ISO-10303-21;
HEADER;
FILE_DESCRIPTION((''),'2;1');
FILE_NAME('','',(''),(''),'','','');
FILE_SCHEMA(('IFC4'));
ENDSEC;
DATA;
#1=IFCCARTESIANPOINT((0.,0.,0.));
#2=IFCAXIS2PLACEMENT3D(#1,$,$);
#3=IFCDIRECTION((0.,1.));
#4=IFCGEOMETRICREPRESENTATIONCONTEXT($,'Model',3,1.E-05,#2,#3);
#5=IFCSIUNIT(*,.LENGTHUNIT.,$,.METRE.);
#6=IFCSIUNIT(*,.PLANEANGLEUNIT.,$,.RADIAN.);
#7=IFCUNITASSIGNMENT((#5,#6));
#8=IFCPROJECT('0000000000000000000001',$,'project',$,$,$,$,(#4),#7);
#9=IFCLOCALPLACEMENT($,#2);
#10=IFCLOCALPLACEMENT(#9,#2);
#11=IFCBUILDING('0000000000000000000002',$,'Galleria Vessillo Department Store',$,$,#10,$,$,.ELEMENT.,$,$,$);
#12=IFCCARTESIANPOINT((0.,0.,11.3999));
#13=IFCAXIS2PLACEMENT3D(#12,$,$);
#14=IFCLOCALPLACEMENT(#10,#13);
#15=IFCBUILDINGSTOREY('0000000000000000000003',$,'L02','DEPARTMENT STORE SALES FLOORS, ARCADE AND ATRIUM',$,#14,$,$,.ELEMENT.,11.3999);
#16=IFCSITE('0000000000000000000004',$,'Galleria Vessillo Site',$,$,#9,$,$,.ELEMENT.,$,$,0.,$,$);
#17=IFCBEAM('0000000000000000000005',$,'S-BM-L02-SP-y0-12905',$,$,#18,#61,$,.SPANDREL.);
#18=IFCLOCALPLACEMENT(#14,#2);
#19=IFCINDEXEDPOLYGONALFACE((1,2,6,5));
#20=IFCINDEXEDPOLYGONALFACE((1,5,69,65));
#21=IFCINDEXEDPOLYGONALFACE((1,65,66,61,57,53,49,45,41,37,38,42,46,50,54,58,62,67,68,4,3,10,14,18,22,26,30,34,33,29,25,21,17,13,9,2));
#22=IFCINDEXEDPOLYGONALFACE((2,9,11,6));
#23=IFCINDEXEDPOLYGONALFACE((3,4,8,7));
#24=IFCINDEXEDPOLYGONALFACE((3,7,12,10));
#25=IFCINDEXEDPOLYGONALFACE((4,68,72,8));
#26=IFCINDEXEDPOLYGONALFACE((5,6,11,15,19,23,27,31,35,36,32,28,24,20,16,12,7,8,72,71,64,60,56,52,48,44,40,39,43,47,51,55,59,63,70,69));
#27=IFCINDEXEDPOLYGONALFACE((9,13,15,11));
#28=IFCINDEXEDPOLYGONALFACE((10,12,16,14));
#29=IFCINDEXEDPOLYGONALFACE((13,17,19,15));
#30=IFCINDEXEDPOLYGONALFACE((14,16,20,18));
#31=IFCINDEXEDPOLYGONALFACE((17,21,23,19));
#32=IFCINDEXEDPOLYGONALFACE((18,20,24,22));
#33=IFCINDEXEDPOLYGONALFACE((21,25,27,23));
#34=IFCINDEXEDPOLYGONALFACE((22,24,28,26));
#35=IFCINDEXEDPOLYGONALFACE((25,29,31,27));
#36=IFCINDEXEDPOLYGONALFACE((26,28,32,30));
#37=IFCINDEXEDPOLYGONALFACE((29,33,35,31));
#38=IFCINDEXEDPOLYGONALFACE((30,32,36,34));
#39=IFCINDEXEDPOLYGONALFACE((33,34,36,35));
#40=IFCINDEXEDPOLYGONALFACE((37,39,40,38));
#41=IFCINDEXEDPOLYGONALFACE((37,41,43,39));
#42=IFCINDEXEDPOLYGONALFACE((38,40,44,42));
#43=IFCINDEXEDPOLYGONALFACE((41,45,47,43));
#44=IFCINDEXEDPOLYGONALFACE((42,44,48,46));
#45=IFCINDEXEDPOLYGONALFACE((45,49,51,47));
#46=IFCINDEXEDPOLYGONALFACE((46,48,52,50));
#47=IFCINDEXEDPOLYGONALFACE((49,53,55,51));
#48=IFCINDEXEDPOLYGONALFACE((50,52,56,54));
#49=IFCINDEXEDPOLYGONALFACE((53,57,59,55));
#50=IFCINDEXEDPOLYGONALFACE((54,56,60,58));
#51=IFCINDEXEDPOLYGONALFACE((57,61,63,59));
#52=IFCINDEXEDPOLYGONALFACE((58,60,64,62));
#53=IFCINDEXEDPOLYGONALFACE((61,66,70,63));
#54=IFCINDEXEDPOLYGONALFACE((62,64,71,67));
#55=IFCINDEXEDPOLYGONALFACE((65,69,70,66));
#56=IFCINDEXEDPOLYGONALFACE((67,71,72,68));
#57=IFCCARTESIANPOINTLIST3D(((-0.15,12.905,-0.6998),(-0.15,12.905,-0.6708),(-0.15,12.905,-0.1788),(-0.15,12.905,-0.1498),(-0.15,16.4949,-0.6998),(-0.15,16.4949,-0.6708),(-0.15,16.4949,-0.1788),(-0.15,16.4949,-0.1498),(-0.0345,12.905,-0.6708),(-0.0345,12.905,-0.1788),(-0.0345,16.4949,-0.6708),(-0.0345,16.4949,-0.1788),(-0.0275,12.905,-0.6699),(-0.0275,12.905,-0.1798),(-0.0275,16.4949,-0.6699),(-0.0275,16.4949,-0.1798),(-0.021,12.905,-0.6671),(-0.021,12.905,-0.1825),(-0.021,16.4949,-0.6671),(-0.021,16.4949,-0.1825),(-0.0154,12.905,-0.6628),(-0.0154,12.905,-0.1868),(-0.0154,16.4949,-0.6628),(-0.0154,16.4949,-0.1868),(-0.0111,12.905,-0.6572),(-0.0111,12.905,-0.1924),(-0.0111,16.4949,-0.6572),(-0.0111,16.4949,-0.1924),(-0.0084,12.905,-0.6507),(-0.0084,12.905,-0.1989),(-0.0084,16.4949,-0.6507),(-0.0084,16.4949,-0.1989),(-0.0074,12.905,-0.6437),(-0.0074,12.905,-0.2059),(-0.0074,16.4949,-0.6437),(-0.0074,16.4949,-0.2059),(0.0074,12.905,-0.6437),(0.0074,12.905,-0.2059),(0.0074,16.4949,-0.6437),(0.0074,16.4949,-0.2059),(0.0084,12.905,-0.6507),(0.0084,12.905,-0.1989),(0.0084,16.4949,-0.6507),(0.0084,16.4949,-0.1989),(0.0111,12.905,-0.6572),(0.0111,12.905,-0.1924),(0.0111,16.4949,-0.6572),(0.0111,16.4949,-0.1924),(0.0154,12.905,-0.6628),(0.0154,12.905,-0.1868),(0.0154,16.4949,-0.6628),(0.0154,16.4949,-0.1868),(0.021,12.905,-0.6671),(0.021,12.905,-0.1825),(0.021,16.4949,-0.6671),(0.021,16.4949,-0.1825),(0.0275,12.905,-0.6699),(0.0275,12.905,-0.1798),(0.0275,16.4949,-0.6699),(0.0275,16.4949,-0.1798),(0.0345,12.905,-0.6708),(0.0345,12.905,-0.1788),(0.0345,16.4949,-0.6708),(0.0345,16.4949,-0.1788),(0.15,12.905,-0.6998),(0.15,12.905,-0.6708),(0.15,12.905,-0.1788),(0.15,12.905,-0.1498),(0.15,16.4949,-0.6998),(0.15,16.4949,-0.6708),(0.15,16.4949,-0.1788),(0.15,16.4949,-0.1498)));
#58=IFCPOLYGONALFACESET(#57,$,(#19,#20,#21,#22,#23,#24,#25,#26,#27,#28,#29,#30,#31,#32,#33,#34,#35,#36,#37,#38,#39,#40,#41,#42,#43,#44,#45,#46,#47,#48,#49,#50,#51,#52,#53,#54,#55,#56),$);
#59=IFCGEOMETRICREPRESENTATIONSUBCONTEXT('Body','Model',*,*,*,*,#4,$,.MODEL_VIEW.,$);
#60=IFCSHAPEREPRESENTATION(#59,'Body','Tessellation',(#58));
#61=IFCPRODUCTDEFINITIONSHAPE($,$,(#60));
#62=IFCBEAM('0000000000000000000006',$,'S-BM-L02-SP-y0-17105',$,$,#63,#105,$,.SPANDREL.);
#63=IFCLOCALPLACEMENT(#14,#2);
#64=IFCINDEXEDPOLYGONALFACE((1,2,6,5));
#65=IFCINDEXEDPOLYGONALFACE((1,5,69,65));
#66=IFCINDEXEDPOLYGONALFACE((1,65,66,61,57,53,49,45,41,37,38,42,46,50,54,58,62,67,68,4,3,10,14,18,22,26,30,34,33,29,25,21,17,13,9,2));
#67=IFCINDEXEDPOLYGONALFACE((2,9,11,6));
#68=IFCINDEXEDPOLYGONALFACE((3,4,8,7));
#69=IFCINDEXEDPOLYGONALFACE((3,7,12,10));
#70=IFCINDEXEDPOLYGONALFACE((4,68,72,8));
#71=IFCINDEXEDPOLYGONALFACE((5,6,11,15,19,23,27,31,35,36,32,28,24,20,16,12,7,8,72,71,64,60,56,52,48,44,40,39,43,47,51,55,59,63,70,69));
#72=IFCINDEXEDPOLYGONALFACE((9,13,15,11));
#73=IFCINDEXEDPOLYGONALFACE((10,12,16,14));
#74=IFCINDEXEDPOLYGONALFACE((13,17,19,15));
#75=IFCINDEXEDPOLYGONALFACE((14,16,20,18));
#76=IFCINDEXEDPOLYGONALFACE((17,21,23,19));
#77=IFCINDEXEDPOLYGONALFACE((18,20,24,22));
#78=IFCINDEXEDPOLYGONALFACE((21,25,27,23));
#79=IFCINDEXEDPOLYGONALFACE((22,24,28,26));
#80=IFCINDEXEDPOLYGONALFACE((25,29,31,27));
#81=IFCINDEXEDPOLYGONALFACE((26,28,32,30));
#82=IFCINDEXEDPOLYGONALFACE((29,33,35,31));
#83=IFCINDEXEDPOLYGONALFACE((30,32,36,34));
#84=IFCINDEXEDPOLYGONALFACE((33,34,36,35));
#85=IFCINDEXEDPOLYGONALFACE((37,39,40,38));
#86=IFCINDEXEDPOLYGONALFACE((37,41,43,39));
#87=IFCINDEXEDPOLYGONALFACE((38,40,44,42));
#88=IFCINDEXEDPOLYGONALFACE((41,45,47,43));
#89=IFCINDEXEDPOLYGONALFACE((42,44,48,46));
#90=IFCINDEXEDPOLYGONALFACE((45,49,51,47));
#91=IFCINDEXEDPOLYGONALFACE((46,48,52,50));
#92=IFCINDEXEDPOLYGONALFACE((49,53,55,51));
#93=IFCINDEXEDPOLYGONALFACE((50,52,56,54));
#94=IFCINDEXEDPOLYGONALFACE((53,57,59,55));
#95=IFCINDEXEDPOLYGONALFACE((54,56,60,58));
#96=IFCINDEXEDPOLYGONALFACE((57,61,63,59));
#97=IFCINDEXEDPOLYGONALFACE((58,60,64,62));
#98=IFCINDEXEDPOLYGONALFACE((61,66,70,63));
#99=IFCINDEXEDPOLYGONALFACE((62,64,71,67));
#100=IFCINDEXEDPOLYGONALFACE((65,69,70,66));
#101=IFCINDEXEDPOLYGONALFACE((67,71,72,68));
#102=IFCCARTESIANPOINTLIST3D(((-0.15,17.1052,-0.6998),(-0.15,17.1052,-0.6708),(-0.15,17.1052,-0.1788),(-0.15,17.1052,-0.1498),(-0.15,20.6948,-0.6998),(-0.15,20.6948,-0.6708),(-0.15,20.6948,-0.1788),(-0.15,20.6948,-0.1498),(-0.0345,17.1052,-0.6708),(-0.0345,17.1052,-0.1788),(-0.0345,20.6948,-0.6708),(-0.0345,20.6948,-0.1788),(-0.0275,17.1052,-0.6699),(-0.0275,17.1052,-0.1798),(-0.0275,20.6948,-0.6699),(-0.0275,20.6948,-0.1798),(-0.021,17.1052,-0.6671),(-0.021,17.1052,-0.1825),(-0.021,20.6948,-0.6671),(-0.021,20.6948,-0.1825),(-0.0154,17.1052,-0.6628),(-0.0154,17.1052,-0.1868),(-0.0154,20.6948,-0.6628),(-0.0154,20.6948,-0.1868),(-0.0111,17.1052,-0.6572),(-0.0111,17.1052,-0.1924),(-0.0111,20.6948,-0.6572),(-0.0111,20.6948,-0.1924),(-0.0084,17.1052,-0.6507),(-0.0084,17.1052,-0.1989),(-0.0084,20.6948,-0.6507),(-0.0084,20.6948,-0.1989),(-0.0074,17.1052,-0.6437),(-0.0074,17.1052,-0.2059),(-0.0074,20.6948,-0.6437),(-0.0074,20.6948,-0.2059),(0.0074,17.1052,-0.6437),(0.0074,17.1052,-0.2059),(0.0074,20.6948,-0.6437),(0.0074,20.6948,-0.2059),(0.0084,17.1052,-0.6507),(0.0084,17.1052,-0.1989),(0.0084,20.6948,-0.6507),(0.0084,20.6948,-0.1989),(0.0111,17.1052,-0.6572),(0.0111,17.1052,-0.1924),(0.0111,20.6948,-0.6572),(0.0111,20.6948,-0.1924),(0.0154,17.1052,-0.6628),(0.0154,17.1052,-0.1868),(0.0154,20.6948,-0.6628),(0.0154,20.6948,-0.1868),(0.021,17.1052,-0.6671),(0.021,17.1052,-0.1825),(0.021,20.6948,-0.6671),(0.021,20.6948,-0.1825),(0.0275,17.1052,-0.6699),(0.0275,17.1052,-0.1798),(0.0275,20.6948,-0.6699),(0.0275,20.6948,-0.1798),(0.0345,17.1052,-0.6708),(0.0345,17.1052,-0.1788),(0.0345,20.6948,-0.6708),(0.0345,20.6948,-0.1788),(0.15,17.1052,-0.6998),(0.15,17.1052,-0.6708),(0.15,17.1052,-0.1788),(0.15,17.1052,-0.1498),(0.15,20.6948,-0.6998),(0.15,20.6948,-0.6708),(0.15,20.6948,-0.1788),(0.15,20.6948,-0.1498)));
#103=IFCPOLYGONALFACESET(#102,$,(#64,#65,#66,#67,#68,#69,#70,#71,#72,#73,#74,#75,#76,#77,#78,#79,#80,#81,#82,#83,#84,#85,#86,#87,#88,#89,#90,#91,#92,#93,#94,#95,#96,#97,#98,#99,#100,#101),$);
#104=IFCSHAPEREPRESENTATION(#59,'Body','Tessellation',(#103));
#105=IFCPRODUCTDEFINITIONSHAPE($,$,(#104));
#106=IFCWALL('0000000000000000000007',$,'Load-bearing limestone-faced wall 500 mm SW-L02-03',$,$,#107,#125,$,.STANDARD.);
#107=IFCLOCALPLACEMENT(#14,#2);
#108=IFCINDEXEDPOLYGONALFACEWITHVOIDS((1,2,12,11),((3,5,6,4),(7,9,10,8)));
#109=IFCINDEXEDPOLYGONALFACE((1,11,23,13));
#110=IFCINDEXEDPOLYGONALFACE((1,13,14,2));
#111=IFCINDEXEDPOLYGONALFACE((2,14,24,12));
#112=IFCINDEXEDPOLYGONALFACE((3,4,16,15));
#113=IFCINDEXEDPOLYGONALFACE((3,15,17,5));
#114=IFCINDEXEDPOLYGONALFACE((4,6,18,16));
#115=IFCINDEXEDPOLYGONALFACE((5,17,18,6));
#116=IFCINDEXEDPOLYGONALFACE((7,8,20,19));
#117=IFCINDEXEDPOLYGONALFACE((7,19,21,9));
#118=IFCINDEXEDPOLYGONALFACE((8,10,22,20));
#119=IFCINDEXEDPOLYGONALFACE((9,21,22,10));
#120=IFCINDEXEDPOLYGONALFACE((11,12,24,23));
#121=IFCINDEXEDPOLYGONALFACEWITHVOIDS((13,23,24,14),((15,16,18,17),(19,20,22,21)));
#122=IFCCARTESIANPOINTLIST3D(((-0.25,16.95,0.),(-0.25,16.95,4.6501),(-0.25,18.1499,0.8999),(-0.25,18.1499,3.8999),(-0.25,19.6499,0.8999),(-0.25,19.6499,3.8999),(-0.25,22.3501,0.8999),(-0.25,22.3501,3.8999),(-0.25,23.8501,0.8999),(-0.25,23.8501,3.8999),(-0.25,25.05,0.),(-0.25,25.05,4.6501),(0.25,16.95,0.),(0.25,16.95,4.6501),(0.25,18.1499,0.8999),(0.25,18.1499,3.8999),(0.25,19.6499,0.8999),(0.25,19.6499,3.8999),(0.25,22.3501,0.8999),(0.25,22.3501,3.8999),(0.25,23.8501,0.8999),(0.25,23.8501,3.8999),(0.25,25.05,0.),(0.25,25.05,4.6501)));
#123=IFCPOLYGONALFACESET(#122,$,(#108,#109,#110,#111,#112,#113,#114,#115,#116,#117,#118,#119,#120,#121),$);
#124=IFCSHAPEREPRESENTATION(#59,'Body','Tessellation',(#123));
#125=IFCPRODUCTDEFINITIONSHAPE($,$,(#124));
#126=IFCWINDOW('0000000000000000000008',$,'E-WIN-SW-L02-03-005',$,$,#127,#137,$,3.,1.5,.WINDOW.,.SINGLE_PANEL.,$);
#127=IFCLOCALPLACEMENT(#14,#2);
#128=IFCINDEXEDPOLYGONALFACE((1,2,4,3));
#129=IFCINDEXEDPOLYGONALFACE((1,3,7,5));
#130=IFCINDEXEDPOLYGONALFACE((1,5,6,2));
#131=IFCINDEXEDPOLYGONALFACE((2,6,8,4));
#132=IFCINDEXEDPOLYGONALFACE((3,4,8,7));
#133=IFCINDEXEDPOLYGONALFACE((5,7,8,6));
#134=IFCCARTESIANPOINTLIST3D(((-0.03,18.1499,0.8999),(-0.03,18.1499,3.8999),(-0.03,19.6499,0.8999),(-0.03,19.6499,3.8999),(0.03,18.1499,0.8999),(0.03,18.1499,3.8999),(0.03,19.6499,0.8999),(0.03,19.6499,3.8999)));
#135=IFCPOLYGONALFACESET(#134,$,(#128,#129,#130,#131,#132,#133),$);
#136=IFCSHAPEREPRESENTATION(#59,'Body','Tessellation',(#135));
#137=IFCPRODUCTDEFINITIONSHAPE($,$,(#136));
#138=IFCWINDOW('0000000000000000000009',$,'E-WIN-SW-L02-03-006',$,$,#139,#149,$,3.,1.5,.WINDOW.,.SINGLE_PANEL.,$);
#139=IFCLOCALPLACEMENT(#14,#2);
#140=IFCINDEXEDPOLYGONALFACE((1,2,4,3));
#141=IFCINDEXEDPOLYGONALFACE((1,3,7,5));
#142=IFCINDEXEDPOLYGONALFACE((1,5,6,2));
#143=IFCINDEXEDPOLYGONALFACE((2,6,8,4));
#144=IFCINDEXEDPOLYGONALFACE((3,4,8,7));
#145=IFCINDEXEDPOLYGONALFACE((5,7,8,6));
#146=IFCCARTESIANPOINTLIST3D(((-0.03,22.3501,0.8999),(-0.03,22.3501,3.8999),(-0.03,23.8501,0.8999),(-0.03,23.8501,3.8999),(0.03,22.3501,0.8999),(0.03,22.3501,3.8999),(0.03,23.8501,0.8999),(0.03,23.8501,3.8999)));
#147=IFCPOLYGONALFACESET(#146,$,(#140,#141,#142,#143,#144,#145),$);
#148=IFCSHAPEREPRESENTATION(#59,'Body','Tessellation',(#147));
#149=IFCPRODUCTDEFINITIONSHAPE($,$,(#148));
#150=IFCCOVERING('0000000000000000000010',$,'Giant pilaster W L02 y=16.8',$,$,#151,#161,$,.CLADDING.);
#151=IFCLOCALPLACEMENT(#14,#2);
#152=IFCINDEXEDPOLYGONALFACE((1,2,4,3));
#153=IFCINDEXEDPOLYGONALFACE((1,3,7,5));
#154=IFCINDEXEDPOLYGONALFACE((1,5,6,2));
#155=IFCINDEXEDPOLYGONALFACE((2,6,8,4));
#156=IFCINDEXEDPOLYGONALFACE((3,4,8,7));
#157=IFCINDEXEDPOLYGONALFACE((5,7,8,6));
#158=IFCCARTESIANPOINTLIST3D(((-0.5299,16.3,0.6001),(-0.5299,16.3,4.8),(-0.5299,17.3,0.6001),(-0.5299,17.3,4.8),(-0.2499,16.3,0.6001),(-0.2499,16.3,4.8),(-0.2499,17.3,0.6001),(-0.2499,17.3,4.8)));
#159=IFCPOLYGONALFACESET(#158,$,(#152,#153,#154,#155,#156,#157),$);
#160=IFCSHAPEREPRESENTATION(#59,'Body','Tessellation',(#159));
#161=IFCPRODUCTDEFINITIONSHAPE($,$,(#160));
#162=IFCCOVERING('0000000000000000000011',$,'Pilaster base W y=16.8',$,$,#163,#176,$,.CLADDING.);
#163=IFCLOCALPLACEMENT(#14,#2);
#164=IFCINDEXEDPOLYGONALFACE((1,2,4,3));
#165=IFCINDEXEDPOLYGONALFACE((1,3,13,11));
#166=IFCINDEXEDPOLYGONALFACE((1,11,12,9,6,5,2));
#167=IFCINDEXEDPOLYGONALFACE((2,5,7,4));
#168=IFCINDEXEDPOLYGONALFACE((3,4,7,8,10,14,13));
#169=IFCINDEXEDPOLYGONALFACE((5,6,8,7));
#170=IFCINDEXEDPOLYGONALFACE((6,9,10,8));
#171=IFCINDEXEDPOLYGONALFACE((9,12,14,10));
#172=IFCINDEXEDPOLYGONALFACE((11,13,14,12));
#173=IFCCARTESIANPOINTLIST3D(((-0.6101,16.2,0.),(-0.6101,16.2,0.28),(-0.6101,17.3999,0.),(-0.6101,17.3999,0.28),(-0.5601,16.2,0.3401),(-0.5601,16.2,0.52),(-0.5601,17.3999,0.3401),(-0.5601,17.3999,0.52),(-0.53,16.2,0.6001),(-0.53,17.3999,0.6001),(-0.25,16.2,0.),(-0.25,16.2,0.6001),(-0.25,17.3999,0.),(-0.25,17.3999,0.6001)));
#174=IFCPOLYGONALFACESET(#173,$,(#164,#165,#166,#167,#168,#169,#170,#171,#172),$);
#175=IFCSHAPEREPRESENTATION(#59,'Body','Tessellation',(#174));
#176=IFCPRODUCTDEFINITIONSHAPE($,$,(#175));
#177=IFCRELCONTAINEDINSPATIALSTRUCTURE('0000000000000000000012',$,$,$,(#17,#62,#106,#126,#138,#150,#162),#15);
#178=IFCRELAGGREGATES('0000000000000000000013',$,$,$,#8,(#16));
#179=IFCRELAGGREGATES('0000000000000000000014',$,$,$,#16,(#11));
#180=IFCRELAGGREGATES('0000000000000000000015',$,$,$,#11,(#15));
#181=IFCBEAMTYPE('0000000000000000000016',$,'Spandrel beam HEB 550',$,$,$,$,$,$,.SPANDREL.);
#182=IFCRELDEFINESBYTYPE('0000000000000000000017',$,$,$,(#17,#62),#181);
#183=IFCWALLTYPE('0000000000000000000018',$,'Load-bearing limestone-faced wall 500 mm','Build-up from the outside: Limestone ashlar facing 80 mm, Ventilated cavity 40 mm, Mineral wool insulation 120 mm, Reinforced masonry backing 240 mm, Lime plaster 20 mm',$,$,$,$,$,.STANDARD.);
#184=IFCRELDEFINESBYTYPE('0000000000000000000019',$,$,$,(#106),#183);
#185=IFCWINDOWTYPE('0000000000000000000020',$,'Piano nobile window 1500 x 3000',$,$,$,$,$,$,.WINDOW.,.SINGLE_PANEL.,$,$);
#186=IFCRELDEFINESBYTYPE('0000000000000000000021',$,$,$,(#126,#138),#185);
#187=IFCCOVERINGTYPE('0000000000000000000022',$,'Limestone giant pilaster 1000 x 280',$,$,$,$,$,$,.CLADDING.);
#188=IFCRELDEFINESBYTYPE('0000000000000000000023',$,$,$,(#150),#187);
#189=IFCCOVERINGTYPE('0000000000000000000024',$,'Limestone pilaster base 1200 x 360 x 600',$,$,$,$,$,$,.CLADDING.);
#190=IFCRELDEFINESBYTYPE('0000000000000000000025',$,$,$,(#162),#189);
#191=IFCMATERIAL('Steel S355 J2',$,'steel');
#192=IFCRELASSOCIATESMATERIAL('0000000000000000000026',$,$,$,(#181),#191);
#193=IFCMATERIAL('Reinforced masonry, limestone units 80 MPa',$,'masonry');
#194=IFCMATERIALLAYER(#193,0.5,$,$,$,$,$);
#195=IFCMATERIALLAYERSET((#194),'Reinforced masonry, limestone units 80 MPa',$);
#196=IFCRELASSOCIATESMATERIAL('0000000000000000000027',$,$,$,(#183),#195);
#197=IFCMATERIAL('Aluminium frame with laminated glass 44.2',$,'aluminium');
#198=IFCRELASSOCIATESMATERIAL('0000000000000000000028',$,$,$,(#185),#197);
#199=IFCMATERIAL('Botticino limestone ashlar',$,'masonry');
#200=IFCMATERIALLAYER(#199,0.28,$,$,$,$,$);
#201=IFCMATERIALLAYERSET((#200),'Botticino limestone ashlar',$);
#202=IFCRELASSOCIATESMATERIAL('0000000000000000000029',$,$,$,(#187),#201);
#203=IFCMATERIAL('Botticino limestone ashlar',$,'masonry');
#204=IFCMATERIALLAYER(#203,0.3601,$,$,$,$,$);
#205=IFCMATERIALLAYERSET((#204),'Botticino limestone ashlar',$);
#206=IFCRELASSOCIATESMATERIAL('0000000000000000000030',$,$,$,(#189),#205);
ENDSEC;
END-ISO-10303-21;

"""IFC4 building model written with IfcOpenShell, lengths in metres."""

from ifc_helpers import new_model, si_unit, direction, frame, frame_2d, origin, origin_2d, place, context, subcontext, project, spatial, polyline, rectangle, i_section, outline, extrude, material, layer, layer_set, material_profile, profile_set, type_object, element, fill, save


model = new_model("IFC4")

# Units and contexts
model_context = context("Model", 3, precision=1e-05, world=origin(), true_north=direction((0.0, 1.0)))
body_context = subcontext(model_context, "Body", "Model", "MODEL_VIEW")
ifc_project = project(units=[si_unit("LENGTHUNIT", "METRE"), si_unit("PLANEANGLEUNIT", "RADIAN")], contexts=[model_context])

# Site, building, storey
site_placement = place(None, origin())
site = spatial("IfcSite", under=ifc_project, at=site_placement, Name="Galleria Vessillo Site", CompositionType="ELEMENT", RefElevation=0.0)
building_placement = place(site_placement, origin())
building = spatial("IfcBuilding", under=site, at=building_placement, Name="Galleria Vessillo Department Store", CompositionType="ELEMENT")
storey_placement = place(building_placement, frame((0.0, 0.0, 11.3999)))
storey = spatial("IfcBuildingStorey", under=building, at=storey_placement, Name="L02", Description="DEPARTMENT STORE SALES FLOORS, ARCADE AND ATRIUM", CompositionType="ELEMENT", Elevation=11.3999)

# Beams
ifc_material_1 = material(Name="Steel S355 J2", Category="steel")
ifc_material_profile_1 = material_profile(ifc_material_1, i_section(OverallWidth=0.3, OverallDepth=0.55, WebThickness=0.0149, FlangeThickness=0.0291, FilletRadius=0.0271, at=origin_2d()), Name="HEB 550")
ifc_profile_set_1 = profile_set([ifc_material_profile_1], Name="Steel S355 J2")
beam_type_1 = type_object("IfcBeamType", Name="Spandrel beam HEB 550", PredefinedType="SPANDREL", material=ifc_profile_set_1)
for number, where, z_axis, x_axis, name in (
    (1, (0.0, 12.905, -0.4248), (0.0, 1.0, 0.0), (-1.0, 0.0, 0.0), "S-BM-L02-SP-y0-12905"),
):
    element("IfcBeam", number, at=place(storey_placement, frame(where, z_axis=z_axis, x_axis=x_axis)), inside=storey, type_object=beam_type_1, Name=name, PredefinedType="SPANDREL", context=body_context, shape_type="SweptSolid", body=[
        extrude(i_section(OverallWidth=0.3, OverallDepth=0.55, WebThickness=0.0149, FlangeThickness=0.0291, FilletRadius=0.0271, at=origin_2d()), origin(), (0.0, 0.0, 1.0), 3.5898),
    ])
beam_1_placement = place(storey_placement, frame((0.0, 17.1052, -0.4248), z_axis=(0.0, 1.0, 0.0), x_axis=(-1.0, 0.0, 0.0)))
element("IfcBeam", 2, at=beam_1_placement, inside=storey, type_object=beam_type_1, Name="S-BM-L02-SP-y0-17105", PredefinedType="SPANDREL", context=body_context, shape_type="SweptSolid", body=[
    extrude(i_section(OverallWidth=0.3, OverallDepth=0.55, WebThickness=0.0149, FlangeThickness=0.0291, FilletRadius=0.0271, at=origin_2d()), origin(), (0.0, 0.0, 1.0), 3.5896),
])

# Wall, openings, windows
ifc_material_2 = material(Name="Reinforced masonry, limestone units 80 MPa", Category="masonry")
ifc_layer_1 = layer(ifc_material_2, 0.5)
ifc_layer_set_1 = layer_set([ifc_layer_1], Name="Reinforced masonry, limestone units 80 MPa")
wall_type = type_object("IfcWallType", Name="Load-bearing limestone-faced wall 500 mm", Description="Build-up from the outside: Limestone ashlar facing 80 mm, Ventilated cavity 40 mm, Mineral wool insulation 120 mm, Reinforced masonry backing 240 mm, Lime plaster 20 mm", PredefinedType="STANDARD", material=ifc_layer_set_1)
wall_placement = place(storey_placement, frame((0.0, 16.95, 0.0), z_axis=(0.0, 0.0, 1.0), x_axis=(0.0, 1.0, 0.0)))
wall = element("IfcWall", 3, at=wall_placement, inside=storey, type_object=wall_type, Name="Load-bearing limestone-faced wall 500 mm SW-L02-03", PredefinedType="STANDARD", context=body_context, shape_type="SweptSolid", body=[
    extrude(rectangle(XDim=8.1001, YDim=0.5, at=frame_2d((4.05, 0.0))), origin(), (0.0, 0.0, 1.0), 4.6501),
])
opening_1_placement = place(wall_placement, frame((1.2, 0.0, 0.8999)))
opening_1 = element("IfcOpeningElement", 4, at=opening_1_placement, cuts=wall, PredefinedType="OPENING", context=body_context, shape_type="SweptSolid", body=[
    extrude(rectangle(XDim=1.5, YDim=3.0, at=frame_2d((0.75, 1.5))), frame((0.0, 0.26, 0.0), z_axis=(0.0, -1.0, 0.0), x_axis=(1.0, 0.0, 0.0)), (0.0, 0.0, 1.0), 0.52),
])
opening_2_placement = place(wall_placement, frame((5.4001, 0.0, 0.8999)))
opening_2 = element("IfcOpeningElement", 5, at=opening_2_placement, cuts=wall, PredefinedType="OPENING", context=body_context, shape_type="SweptSolid", body=[
    extrude(rectangle(XDim=1.5, YDim=3.0, at=frame_2d((0.75, 1.5))), frame((0.0, 0.26, 0.0), z_axis=(0.0, -1.0, 0.0), x_axis=(1.0, 0.0, 0.0)), (0.0, 0.0, 1.0), 0.52),
])
ifc_material_3 = material(Name="Aluminium frame with laminated glass 44.2", Category="aluminium")
window_type = type_object("IfcWindowType", Name="Piano nobile window 1500 x 3000", PartitioningType="SINGLE_PANEL", PredefinedType="WINDOW", material=ifc_material_3)
window_1_placement = place(opening_1_placement, origin())
window_1 = element("IfcWindow", 6, at=window_1_placement, inside=storey, type_object=window_type, Name="E-WIN-SW-L02-03-005", OverallHeight=3.0, OverallWidth=1.5, PartitioningType="SINGLE_PANEL", PredefinedType="WINDOW", context=body_context, shape_type="SweptSolid", body=[
    extrude(rectangle(XDim=1.5, YDim=3.0, at=frame_2d((0.75, 1.5))), frame((0.0, 0.03, 0.0), z_axis=(0.0, -1.0, 0.0), x_axis=(1.0, 0.0, 0.0)), (0.0, 0.0, 1.0), 0.0601),
])
fill(opening_1, window_1)
window_2_placement = place(opening_2_placement, origin())
window_2 = element("IfcWindow", 7, at=window_2_placement, inside=storey, type_object=window_type, Name="E-WIN-SW-L02-03-006", OverallHeight=3.0, OverallWidth=1.5, PartitioningType="SINGLE_PANEL", PredefinedType="WINDOW", context=body_context, shape_type="SweptSolid", body=[
    extrude(rectangle(XDim=1.5, YDim=3.0, at=frame_2d((0.75, 1.5))), frame((0.0, 0.03, 0.0), z_axis=(0.0, -1.0, 0.0), x_axis=(1.0, 0.0, 0.0)), (0.0, 0.0, 1.0), 0.0601),
])
fill(opening_2, window_2)

# Coverings
ifc_material_4 = material(Name="Botticino limestone ashlar", Category="masonry")
ifc_layer_2 = layer(ifc_material_4, 0.28)
ifc_layer_set_2 = layer_set([ifc_layer_2], Name="Botticino limestone ashlar")
covering_type_1 = type_object("IfcCoveringType", Name="Limestone giant pilaster 1000 x 280", PredefinedType="CLADDING", material=ifc_layer_set_2)
covering_1_placement = place(storey_placement, frame((-0.3899, 16.8, 0.6001), z_axis=(0.0, 0.0, 1.0), x_axis=(1.0, 0.0, 0.0)))
element("IfcCovering", 8, at=covering_1_placement, inside=storey, type_object=covering_type_1, Name="Giant pilaster W L02 y=16.8", PredefinedType="CLADDING", context=body_context, shape_type="SweptSolid", body=[
    extrude(rectangle(XDim=0.28, YDim=1.0, at=origin_2d()), origin(), (0.0, 0.0, 1.0), 4.2),
])
ifc_material_5 = material(Name="Botticino limestone ashlar", Category="masonry")
ifc_layer_3 = layer(ifc_material_5, 0.3601)
ifc_layer_set_3 = layer_set([ifc_layer_3], Name="Botticino limestone ashlar")
covering_type_2 = type_object("IfcCoveringType", Name="Limestone pilaster base 1200 x 360 x 600", PredefinedType="CLADDING", material=ifc_layer_set_3)
covering_2_placement = place(storey_placement, frame((0.0, 16.2, 0.0), z_axis=(0.0, 1.0, 0.0), x_axis=(-1.0, 0.0, 0.0)))
element("IfcCovering", 9, at=covering_2_placement, inside=storey, type_object=covering_type_2, Name="Pilaster base W y=16.8", PredefinedType="CLADDING", context=body_context, shape_type="SweptSolid", body=[
    extrude(outline(polyline([(0.25, 0.0), (0.6101, 0.0), (0.6101, 0.28), (0.5601, 0.3401), (0.5601, 0.52), (0.53, 0.6001), (0.25, 0.6001), (0.25, 0.0)])), origin(), (0.0, 0.0, 1.0), 1.2),
])

save(model, "model.ifc")
